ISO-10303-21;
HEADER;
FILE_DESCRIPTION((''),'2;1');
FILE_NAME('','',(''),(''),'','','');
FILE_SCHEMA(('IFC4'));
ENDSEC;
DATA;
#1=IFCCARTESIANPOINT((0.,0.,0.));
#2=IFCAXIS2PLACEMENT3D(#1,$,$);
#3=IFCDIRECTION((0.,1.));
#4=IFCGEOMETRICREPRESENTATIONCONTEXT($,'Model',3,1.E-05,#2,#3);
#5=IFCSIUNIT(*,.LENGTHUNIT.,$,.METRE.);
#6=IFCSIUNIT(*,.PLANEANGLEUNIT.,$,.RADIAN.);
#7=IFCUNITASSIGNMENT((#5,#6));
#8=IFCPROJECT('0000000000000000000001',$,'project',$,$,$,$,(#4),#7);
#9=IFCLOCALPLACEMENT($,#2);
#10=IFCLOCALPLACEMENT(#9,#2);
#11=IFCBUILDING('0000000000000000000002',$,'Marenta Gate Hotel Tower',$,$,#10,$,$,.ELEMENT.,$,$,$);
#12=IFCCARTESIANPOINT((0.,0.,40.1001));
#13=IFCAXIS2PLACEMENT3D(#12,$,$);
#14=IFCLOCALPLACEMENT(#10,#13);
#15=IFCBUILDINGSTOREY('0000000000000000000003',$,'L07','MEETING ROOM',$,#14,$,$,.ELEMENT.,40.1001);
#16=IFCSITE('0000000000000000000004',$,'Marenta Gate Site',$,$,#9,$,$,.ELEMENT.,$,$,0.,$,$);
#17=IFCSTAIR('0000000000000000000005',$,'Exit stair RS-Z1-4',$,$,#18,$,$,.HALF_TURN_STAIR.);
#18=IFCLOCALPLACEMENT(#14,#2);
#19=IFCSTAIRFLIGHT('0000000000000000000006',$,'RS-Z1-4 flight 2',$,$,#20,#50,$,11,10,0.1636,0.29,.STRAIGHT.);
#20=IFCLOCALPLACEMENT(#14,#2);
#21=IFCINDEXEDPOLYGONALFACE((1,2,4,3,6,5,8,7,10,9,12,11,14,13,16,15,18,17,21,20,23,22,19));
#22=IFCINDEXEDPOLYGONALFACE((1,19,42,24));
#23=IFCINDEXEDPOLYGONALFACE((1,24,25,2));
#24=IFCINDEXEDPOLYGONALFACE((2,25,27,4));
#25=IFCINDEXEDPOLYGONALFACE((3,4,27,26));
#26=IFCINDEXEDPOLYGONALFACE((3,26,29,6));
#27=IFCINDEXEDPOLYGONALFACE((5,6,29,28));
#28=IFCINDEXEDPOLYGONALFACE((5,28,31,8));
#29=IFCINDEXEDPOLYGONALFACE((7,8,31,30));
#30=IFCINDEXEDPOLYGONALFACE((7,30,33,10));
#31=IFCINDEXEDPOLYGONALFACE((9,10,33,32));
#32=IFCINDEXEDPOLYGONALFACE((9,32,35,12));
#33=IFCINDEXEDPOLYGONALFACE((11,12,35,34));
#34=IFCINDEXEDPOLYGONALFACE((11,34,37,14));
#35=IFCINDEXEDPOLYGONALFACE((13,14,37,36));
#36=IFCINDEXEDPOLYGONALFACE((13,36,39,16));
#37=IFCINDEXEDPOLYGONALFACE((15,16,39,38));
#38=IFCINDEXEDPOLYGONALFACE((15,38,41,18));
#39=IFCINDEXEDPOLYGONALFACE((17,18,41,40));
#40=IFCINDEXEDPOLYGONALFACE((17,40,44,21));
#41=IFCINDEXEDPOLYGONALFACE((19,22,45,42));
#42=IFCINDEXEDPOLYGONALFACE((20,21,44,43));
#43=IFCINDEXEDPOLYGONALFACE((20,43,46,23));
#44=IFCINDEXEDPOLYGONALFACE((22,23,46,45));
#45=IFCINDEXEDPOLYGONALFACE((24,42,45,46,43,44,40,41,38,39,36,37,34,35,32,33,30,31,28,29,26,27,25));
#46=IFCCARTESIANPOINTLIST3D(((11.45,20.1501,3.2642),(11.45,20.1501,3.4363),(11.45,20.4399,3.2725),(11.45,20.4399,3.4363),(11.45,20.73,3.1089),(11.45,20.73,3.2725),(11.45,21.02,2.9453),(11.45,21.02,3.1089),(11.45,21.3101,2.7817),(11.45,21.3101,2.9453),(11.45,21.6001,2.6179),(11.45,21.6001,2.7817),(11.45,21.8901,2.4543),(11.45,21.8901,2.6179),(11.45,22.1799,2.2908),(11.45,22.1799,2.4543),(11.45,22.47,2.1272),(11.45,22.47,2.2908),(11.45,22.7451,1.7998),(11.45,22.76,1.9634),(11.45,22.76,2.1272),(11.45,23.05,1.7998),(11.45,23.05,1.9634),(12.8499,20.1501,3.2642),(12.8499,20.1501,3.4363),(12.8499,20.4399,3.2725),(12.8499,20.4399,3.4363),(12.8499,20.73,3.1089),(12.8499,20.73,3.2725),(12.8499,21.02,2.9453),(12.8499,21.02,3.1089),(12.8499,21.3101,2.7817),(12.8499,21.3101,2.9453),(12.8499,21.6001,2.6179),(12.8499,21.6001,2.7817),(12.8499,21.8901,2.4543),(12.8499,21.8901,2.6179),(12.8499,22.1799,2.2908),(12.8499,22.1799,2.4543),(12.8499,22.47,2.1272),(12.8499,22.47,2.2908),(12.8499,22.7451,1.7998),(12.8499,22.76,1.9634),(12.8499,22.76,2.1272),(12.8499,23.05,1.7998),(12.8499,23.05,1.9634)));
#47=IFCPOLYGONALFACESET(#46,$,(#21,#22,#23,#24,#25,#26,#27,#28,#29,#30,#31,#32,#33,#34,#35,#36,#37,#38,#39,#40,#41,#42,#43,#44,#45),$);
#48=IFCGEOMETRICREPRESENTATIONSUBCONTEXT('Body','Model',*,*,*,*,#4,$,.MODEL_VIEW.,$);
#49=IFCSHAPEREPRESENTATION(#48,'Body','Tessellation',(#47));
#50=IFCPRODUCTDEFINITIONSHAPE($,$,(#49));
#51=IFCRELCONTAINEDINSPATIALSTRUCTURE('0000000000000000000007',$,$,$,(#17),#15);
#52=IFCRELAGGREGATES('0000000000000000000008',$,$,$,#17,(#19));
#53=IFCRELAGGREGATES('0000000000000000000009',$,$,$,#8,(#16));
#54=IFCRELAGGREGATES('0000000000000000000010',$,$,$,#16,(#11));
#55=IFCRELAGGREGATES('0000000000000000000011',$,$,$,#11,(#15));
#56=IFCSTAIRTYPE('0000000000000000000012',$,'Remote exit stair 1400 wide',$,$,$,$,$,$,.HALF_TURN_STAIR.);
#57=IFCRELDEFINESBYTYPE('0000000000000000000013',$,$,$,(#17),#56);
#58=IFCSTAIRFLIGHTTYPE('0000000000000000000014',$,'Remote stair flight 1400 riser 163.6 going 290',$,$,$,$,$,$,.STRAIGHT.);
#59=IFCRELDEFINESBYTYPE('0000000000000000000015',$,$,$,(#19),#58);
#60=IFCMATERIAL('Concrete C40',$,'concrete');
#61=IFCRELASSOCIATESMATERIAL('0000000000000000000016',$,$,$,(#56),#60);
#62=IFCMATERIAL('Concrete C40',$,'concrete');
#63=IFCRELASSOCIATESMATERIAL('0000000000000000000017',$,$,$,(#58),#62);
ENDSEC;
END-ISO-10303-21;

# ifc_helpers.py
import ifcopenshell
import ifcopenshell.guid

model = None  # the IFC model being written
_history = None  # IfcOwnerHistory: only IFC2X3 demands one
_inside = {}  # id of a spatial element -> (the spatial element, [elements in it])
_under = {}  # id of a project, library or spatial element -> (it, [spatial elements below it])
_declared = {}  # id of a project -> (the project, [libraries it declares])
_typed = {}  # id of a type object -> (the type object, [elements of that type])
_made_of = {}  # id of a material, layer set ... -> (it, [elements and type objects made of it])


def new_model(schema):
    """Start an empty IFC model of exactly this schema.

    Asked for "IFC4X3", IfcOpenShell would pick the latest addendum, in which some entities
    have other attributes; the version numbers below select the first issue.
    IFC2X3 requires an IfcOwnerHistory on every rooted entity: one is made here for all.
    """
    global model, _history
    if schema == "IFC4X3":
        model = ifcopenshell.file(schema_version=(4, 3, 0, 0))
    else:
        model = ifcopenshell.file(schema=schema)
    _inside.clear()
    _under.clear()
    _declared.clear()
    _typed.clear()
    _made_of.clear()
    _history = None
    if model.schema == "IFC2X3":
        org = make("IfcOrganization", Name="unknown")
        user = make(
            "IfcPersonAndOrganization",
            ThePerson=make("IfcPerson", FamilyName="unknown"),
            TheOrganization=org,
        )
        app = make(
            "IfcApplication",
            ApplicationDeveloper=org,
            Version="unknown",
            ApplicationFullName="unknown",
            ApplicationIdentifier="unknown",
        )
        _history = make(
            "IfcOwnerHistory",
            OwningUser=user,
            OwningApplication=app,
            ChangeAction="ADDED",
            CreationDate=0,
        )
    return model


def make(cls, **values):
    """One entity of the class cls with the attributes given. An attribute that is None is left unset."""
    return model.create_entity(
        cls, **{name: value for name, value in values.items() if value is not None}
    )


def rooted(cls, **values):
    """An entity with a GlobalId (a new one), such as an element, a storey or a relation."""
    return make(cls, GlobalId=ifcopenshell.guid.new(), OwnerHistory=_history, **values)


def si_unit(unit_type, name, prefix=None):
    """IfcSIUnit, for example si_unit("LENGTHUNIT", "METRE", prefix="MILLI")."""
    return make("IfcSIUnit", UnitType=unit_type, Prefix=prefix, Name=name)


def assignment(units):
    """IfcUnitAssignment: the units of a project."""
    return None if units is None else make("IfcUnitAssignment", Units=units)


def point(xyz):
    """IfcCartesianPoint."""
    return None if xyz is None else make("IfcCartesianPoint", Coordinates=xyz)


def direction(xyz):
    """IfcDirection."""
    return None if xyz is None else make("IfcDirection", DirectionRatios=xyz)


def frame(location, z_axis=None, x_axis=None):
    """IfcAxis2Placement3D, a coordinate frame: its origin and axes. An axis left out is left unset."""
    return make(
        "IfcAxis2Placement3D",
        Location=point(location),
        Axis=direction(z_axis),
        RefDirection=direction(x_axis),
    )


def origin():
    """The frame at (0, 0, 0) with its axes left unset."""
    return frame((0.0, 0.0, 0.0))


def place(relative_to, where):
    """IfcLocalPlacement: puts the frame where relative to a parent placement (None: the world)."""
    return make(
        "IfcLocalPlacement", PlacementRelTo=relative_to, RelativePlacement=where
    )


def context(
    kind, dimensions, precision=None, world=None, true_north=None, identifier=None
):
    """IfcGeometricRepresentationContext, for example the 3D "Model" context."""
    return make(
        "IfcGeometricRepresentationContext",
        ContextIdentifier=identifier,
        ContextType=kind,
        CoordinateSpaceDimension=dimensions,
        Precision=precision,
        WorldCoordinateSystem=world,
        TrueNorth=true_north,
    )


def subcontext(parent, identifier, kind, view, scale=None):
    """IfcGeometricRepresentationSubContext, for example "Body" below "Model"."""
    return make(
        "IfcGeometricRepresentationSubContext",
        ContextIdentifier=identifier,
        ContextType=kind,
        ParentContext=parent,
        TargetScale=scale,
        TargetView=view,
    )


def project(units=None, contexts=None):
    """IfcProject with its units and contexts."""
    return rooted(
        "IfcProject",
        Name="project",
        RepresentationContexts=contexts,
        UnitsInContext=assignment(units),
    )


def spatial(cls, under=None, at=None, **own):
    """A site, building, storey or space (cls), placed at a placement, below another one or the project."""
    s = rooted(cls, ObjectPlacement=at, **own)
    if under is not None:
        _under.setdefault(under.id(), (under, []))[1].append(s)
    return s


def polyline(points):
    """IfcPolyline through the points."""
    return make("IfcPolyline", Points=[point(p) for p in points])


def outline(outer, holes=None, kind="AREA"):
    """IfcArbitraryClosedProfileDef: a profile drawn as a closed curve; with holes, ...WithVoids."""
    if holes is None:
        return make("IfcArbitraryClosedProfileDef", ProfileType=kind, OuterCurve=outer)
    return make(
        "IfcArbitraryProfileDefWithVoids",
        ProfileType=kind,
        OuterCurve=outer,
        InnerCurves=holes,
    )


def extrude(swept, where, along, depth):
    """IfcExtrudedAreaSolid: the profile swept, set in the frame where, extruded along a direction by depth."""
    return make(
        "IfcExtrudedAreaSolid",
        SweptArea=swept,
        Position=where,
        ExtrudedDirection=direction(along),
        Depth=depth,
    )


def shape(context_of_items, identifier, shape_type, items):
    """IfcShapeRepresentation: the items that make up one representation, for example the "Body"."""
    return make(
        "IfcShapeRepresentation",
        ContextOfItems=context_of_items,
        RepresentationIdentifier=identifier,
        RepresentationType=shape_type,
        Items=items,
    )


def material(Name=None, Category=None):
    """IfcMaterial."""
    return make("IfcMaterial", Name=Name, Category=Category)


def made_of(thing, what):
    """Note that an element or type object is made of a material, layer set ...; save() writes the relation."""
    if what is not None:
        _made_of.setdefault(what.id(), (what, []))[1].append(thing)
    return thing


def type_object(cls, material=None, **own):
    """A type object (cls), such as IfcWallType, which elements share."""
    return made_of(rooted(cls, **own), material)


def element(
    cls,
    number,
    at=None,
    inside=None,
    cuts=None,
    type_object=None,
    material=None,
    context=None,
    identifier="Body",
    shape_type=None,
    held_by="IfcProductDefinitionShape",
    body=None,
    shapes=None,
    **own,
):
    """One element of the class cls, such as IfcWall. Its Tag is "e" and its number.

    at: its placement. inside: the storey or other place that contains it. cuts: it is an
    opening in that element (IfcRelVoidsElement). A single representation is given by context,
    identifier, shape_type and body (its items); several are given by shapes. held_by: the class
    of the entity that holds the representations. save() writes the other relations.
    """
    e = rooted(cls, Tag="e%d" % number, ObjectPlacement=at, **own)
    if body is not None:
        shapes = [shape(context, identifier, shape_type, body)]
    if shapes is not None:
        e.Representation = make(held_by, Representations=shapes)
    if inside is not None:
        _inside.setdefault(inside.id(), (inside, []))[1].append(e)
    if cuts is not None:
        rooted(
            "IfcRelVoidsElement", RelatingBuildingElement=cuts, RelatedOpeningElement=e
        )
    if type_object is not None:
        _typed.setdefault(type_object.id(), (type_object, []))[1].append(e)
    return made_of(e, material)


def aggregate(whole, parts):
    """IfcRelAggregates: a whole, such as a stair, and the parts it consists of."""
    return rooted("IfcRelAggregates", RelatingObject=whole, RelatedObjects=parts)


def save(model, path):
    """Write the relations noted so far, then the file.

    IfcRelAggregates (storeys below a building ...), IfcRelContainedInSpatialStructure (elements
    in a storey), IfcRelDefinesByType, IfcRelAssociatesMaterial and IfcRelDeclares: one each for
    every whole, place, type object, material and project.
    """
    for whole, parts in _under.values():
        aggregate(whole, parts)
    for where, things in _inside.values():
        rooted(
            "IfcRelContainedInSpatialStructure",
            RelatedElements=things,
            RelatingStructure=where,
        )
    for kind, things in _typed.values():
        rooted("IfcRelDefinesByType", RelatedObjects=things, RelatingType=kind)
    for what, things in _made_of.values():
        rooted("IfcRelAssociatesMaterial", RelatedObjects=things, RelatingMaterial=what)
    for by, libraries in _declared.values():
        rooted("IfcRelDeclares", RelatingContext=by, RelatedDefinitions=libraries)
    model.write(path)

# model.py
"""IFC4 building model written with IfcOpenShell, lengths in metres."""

from ifc_helpers import new_model, si_unit, direction, frame, origin, place, context, subcontext, project, spatial, polyline, outline, extrude, material, type_object, element, aggregate, save


model = new_model("IFC4")

# Units and contexts
model_context = context("Model", 3, precision=1e-05, world=origin(), true_north=direction((0.0, 1.0)))
body_context = subcontext(model_context, "Body", "Model", "MODEL_VIEW")
ifc_project = project(units=[si_unit("LENGTHUNIT", "METRE"), si_unit("PLANEANGLEUNIT", "RADIAN")], contexts=[model_context])

# Site, building, storey
site_placement = place(None, origin())
site = spatial("IfcSite", under=ifc_project, at=site_placement, Name="Marenta Gate Site", CompositionType="ELEMENT", RefElevation=0.0)
building_placement = place(site_placement, origin())
building = spatial("IfcBuilding", under=site, at=building_placement, Name="Marenta Gate Hotel Tower", CompositionType="ELEMENT")
storey_placement = place(building_placement, frame((0.0, 0.0, 40.1001)))
storey = spatial("IfcBuildingStorey", under=building, at=storey_placement, Name="L07", Description="MEETING ROOM", CompositionType="ELEMENT", Elevation=40.1001)

# Stair, stair flight
ifc_material_1 = material(Name="Concrete C40", Category="concrete")
stair_type = type_object("IfcStairType", Name="Remote exit stair 1400 wide", PredefinedType="HALF_TURN_STAIR", material=ifc_material_1)
stair_placement = place(storey_placement, origin())
stair = element("IfcStair", 1, at=stair_placement, inside=storey, type_object=stair_type, Name="Exit stair RS-Z1-4", PredefinedType="HALF_TURN_STAIR")
ifc_material_2 = material(Name="Concrete C40", Category="concrete")
stair_flight_type = type_object("IfcStairFlightType", Name="Remote stair flight 1400 riser 163.6 going 290", PredefinedType="STRAIGHT", material=ifc_material_2)
stair_flight_placement = place(storey_placement, frame((12.1499, 23.05, 1.7998), z_axis=(0.0, 0.0, 1.0), x_axis=(0.0, -1.0, 0.0)))
stair_flight = element("IfcStairFlight", 2, at=stair_flight_placement, type_object=stair_flight_type, Name="RS-Z1-4 flight 2", NumberOfRisers=11, NumberOfTreads=10, PredefinedType="STRAIGHT", RiserHeight=0.1636, TreadLength=0.29, context=body_context, shape_type="SweptSolid", body=[
    extrude(outline(polyline([(0.0, 0.0), (0.0, 0.1636), (0.29, 0.1636), (0.29, 0.3274), (0.5801, 0.3274), (0.5801, 0.491), (0.8701, 0.491), (0.8701, 0.6545), (1.1599, 0.6545), (1.1599, 0.8181), (1.45, 0.8181), (1.45, 0.9819), (1.74, 0.9819), (1.74, 1.1455), (2.03, 1.1455), (2.03, 1.3091), (2.3201, 1.3091), (2.3201, 1.4727), (2.6101, 1.4727), (2.6101, 1.6365), (2.8999, 1.6365), (2.8999, 1.8), (2.8999, 1.4644), (0.3049, 0.0), (0.0, 0.0)])), frame((0.0, 0.7, 0.0), z_axis=(0.0, -1.0, 0.0), x_axis=(1.0, 0.0, 0.0)), (0.0, 0.0, 1.0), 1.3999),
])
aggregate(stair, [stair_flight])

save(model, "model.ifc")
